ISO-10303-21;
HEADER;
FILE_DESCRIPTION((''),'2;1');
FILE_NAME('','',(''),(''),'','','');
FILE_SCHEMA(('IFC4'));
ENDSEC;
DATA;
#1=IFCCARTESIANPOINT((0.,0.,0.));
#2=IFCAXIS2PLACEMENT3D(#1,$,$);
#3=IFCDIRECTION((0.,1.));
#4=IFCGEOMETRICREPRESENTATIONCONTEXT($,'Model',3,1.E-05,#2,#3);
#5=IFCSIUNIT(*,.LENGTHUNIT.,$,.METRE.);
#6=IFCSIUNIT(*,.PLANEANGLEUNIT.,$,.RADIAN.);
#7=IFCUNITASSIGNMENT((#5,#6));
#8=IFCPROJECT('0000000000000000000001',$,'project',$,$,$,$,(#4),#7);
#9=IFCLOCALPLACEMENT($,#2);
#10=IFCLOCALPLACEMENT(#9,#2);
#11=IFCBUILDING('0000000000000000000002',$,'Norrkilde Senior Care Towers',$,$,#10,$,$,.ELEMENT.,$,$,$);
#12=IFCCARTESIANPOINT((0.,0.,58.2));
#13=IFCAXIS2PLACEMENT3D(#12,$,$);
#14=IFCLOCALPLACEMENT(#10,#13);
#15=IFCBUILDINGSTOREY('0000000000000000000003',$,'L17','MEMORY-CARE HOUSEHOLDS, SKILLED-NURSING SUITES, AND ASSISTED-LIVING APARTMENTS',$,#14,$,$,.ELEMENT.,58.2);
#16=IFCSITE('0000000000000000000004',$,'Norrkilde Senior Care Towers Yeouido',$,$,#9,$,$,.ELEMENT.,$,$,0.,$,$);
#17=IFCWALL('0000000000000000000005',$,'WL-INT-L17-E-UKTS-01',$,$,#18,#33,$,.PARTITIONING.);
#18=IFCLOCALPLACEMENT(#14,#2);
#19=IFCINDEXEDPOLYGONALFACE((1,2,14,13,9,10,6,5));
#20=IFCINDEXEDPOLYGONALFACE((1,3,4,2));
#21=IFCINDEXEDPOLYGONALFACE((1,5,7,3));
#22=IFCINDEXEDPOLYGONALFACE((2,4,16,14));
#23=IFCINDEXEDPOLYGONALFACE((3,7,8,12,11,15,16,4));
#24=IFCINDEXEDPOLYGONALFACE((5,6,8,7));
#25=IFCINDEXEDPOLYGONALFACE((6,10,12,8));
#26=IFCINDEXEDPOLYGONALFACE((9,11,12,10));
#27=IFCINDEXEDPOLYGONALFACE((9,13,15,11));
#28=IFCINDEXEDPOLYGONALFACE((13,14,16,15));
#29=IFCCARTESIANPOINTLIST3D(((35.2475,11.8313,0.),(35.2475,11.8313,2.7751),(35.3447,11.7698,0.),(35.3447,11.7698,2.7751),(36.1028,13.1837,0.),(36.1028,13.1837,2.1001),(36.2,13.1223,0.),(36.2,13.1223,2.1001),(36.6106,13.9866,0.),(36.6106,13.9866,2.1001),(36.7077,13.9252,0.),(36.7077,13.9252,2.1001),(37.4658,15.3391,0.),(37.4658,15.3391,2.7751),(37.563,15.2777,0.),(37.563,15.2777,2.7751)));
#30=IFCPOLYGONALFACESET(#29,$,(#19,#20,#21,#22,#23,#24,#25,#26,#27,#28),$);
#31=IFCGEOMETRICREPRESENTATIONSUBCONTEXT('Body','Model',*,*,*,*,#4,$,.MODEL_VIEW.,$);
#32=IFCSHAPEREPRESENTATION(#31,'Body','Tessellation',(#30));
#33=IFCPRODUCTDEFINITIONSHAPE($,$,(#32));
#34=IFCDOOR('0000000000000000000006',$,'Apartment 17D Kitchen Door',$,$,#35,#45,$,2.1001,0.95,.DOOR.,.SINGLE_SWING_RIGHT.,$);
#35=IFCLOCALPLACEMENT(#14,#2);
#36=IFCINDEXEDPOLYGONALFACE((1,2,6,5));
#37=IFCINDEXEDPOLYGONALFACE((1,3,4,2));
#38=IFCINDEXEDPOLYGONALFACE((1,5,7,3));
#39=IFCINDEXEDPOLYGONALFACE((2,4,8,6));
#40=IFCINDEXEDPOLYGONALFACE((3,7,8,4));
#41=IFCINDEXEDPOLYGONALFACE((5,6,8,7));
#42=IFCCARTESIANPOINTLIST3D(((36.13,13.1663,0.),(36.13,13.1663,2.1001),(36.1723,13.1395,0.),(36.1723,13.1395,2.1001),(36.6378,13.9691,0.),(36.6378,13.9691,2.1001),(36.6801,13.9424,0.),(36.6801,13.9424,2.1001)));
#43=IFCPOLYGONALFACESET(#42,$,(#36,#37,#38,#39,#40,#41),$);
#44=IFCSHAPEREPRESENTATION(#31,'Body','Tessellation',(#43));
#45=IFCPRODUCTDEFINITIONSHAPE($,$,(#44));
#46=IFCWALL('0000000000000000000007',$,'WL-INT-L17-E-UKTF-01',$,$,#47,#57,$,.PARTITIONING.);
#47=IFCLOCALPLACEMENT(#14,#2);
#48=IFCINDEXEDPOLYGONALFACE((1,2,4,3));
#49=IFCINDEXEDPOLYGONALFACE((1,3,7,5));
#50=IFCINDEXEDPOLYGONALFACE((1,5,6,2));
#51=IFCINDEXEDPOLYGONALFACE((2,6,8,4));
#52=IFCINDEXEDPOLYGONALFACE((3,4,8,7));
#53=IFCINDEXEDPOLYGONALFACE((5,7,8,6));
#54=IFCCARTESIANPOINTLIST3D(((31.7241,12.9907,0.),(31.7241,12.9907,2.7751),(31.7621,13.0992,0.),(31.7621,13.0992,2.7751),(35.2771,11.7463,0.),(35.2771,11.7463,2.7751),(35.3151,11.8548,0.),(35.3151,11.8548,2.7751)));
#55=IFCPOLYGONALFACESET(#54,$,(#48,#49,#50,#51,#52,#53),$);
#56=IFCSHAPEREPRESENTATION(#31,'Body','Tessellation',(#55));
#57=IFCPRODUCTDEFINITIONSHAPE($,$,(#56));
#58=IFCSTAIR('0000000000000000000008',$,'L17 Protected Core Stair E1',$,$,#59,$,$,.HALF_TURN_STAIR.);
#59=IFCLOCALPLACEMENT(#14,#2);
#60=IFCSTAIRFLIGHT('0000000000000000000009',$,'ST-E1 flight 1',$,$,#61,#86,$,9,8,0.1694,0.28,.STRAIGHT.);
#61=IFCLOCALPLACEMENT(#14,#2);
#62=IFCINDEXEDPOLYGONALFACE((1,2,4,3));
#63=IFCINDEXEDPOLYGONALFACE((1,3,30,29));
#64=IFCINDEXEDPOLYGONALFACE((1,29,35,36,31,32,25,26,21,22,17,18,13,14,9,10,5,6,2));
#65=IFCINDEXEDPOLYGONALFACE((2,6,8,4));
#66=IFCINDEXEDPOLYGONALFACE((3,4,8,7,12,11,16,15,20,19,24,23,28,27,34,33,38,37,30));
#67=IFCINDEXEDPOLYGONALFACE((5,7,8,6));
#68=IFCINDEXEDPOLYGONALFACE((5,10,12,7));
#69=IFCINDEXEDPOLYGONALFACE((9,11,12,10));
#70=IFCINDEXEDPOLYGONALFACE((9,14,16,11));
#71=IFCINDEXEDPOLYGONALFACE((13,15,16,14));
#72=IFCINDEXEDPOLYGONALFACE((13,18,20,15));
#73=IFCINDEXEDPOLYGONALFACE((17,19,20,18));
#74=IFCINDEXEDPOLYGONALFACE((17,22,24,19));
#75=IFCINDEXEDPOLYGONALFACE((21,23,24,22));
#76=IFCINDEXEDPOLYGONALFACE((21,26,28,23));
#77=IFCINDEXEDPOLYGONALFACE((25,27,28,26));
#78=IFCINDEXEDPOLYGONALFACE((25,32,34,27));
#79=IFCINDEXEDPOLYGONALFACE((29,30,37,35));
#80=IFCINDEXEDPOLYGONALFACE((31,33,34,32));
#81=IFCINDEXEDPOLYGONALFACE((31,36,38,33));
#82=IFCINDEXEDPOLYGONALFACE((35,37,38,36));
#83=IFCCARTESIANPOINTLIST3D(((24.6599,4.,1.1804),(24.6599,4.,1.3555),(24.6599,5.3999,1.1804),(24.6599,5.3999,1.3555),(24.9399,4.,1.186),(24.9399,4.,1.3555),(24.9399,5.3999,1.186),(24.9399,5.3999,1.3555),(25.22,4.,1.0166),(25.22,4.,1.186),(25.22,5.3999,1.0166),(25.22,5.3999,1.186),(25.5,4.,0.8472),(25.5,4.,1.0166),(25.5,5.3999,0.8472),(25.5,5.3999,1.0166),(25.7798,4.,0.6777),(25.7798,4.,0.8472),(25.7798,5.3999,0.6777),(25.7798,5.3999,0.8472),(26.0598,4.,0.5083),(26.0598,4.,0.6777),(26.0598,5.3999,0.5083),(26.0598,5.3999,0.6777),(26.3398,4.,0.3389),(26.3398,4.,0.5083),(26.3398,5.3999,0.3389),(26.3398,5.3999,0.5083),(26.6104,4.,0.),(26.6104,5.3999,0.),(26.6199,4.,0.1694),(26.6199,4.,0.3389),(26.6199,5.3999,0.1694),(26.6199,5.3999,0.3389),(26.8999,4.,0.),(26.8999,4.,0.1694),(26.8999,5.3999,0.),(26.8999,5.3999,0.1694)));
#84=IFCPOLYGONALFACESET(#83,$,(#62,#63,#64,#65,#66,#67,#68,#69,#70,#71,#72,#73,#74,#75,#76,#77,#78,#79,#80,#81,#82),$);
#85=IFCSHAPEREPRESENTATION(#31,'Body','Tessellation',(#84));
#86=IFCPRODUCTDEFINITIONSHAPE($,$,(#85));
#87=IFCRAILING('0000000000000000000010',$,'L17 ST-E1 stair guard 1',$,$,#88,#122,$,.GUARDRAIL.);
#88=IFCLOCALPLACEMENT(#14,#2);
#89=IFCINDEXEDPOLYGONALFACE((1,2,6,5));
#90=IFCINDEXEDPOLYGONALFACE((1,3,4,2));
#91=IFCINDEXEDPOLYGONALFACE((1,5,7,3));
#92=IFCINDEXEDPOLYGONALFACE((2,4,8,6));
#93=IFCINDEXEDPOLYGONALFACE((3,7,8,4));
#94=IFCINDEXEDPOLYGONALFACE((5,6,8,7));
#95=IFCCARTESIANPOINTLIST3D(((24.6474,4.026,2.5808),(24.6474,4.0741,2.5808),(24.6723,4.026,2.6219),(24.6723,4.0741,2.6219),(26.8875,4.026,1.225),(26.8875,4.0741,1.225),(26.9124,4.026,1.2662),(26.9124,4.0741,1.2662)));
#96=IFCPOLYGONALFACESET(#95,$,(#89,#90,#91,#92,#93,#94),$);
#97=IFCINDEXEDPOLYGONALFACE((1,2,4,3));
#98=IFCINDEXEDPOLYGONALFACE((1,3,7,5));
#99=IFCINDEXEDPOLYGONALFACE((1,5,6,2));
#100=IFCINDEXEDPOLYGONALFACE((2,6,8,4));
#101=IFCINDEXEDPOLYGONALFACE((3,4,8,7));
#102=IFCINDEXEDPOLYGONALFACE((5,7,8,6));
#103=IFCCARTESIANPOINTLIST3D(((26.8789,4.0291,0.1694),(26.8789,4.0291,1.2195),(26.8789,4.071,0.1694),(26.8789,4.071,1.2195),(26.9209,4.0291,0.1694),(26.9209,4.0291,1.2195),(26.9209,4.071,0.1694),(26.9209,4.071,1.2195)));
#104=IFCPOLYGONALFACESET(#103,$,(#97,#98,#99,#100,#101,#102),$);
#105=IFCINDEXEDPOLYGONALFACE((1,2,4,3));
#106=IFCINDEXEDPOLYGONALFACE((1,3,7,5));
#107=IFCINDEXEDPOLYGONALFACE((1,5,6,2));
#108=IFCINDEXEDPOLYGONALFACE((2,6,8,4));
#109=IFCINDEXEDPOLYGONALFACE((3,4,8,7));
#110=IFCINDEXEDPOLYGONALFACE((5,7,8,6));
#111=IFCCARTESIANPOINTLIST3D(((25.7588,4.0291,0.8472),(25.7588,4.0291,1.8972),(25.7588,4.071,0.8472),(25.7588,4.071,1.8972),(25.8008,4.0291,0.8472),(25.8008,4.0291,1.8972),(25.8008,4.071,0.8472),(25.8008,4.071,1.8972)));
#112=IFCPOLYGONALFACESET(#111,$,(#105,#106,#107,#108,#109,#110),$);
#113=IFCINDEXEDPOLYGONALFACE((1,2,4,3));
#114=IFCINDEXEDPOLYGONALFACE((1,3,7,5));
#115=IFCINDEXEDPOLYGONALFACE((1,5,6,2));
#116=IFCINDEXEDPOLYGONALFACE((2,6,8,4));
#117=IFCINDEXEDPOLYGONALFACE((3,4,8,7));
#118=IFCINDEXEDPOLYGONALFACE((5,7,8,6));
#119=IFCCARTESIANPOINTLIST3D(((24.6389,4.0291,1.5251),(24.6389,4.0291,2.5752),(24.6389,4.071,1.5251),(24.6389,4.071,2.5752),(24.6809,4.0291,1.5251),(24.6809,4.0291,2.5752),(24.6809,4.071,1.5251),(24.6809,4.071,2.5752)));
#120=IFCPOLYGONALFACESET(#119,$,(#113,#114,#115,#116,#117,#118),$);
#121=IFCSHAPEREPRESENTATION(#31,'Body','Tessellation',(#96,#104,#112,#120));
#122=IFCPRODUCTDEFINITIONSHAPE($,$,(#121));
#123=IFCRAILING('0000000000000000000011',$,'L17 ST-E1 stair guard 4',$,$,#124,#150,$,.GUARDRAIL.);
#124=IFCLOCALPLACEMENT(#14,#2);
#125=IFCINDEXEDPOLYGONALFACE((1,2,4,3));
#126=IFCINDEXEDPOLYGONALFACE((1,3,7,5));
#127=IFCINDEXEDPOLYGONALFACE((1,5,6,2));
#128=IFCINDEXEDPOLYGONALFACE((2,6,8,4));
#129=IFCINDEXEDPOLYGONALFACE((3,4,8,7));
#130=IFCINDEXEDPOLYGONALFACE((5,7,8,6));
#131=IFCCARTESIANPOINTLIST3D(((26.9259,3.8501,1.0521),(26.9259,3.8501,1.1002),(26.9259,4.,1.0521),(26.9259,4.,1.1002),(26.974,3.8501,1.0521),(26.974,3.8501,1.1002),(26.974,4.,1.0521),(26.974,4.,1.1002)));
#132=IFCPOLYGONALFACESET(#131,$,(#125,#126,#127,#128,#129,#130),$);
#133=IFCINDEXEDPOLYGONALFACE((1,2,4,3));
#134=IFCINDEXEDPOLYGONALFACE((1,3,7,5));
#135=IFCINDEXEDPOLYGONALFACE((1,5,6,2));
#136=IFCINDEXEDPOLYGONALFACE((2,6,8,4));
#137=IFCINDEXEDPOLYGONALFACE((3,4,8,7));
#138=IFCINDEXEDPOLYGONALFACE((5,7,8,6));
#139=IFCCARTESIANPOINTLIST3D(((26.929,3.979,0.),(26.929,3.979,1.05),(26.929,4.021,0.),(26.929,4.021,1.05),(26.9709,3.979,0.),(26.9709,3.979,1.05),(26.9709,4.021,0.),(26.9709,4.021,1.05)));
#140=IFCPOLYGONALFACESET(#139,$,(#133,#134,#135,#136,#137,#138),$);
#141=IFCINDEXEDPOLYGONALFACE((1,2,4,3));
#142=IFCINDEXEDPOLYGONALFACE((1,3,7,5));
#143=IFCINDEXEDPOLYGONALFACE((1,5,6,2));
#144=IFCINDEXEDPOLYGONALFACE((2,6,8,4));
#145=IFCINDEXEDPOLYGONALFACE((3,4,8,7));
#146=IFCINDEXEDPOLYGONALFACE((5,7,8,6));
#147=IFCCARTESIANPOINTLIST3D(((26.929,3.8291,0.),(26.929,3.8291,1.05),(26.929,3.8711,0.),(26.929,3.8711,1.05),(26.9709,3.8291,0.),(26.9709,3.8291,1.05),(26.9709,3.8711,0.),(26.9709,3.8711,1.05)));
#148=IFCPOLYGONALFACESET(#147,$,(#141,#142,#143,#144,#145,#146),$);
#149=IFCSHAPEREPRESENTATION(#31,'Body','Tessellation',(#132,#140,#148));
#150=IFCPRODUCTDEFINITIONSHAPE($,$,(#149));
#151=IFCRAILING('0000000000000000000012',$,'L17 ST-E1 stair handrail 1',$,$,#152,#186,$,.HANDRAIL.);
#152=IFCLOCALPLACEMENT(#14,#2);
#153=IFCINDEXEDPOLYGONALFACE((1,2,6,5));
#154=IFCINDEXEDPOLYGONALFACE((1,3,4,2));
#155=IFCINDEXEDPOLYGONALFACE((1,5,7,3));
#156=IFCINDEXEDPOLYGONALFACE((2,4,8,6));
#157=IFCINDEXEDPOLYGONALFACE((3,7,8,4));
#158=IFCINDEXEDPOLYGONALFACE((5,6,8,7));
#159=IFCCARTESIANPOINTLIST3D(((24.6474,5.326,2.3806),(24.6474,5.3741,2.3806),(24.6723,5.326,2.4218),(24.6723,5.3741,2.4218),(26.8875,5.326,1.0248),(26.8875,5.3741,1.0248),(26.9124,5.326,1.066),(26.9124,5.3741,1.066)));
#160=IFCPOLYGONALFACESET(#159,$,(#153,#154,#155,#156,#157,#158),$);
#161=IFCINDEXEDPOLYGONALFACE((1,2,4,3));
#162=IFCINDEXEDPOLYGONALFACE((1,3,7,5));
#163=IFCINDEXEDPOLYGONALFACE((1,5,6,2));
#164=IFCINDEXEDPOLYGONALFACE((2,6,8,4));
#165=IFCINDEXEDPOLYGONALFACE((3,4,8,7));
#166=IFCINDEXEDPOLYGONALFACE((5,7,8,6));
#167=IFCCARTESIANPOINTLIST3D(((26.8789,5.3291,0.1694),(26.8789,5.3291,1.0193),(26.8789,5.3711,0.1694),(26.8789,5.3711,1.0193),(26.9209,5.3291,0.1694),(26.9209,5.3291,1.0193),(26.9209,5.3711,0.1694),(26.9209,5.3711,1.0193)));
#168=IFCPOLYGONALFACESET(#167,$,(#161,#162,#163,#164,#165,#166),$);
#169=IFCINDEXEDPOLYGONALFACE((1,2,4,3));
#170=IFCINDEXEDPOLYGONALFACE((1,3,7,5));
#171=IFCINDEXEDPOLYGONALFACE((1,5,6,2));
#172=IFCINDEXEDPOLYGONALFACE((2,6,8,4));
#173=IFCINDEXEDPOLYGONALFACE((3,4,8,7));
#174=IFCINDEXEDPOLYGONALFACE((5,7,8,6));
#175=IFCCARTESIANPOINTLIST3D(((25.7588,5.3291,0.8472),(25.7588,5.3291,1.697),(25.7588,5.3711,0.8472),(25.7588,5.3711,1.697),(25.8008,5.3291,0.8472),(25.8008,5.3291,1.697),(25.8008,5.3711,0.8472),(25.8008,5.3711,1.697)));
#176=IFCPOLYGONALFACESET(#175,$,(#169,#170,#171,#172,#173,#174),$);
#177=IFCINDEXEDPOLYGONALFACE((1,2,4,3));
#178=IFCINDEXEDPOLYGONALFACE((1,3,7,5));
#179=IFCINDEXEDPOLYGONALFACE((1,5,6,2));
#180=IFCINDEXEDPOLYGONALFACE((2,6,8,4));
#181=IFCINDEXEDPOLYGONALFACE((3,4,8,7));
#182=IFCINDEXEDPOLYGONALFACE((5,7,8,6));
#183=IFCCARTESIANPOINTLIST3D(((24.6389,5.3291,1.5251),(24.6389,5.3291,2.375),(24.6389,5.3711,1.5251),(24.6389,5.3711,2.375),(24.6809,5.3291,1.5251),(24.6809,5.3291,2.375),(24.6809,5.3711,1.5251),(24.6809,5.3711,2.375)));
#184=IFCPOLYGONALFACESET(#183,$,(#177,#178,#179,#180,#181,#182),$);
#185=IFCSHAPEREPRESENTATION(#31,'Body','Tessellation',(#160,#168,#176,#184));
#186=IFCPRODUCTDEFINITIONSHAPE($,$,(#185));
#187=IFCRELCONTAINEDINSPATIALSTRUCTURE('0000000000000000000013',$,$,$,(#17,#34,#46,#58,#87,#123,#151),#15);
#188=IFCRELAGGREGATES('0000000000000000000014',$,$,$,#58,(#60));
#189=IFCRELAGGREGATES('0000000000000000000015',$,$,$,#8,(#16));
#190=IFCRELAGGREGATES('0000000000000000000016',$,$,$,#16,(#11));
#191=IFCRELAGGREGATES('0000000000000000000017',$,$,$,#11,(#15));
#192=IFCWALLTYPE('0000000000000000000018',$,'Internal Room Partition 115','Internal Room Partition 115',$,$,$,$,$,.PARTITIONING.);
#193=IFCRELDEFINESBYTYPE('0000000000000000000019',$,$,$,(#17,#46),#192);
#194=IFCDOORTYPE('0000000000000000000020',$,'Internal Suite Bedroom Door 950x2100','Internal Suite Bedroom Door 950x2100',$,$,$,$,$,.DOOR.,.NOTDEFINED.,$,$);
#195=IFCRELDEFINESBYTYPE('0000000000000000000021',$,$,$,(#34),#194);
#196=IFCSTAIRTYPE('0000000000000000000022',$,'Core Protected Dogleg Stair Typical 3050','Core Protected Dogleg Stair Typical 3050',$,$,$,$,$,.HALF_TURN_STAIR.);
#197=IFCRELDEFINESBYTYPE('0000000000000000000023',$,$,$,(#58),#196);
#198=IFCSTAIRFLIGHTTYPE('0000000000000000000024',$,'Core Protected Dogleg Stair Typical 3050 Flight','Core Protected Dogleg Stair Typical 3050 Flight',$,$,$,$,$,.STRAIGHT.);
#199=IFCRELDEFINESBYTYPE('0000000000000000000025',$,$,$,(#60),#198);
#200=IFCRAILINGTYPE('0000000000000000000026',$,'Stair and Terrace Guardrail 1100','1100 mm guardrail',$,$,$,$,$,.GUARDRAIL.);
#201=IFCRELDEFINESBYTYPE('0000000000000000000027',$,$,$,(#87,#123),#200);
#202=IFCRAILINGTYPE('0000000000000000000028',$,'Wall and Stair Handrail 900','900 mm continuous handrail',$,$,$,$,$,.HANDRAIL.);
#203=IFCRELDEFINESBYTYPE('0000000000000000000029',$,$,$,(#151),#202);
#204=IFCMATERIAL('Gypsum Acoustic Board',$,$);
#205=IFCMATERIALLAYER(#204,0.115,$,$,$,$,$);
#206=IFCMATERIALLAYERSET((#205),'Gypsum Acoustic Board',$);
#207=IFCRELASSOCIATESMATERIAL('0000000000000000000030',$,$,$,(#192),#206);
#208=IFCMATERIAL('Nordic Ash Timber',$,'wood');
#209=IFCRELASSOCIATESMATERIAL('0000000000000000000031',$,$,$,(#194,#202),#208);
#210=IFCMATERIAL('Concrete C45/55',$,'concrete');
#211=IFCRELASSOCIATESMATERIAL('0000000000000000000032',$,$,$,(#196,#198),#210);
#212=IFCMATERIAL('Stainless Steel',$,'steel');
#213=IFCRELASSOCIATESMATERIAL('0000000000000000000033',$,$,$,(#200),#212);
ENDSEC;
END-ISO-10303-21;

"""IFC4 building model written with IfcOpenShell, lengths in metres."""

from ifc_helpers import new_model, si_unit, direction, frame, frame_2d, origin, origin_2d, place, context, subcontext, project, spatial, polyline, rectangle, outline, extrude, source, transform, mapped, material, layer, layer_set, type_object, type_shapes, element, fill, aggregate, save


model = new_model("IFC4")

# Units and contexts
model_context = context("Model", 3, precision=1e-05, world=origin(), true_north=direction((0.0, 1.0)))
body_context = subcontext(model_context, "Body", "Model", "MODEL_VIEW")
ifc_project = project(units=[si_unit("LENGTHUNIT", "METRE"), si_unit("PLANEANGLEUNIT", "RADIAN")], contexts=[model_context])

# Site, building, storey
site_placement = place(None, origin())
site = spatial("IfcSite", under=ifc_project, at=site_placement, Name="Norrkilde Senior Care Towers Yeouido", CompositionType="ELEMENT", RefElevation=0.0)
building_placement = place(site_placement, origin())
building = spatial("IfcBuilding", under=site, at=building_placement, Name="Norrkilde Senior Care Towers", CompositionType="ELEMENT")
storey_placement = place(building_placement, frame((0.0, 0.0, 58.2)))
storey = spatial("IfcBuildingStorey", under=building, at=storey_placement, Name="L17", Description="MEMORY-CARE HOUSEHOLDS, SKILLED-NURSING SUITES, AND ASSISTED-LIVING APARTMENTS", CompositionType="ELEMENT", Elevation=58.2)

# Shared definitions
ifc_material_1 = material(Name="Concrete C45/55", Category="concrete")

# Shared definitions
ifc_material_2 = material(Name="Stainless Steel", Category="steel")

# Shared definitions
ifc_material_3 = material(Name="Gypsum Acoustic Board")
ifc_layer_1 = layer(ifc_material_3, 0.115)
ifc_layer_set_1 = layer_set([ifc_layer_1], Name="Gypsum Acoustic Board")
wall_type_1 = type_object("IfcWallType", Name="Internal Room Partition 115", Description="Internal Room Partition 115", PredefinedType="PARTITIONING", material=ifc_layer_set_1)
ifc_material_4 = material(Name="Nordic Ash Timber", Category="wood")
door_type_1 = type_object("IfcDoorType", Name="Internal Suite Bedroom Door 950x2100", Description="Internal Suite Bedroom Door 950x2100", OperationType="NOTDEFINED", PredefinedType="DOOR", material=ifc_material_4)
shared_shape_1 = source(origin(), body_context, "Body", "SweptSolid", [
    extrude(rectangle(XDim=0.95, YDim=2.1001, at=frame_2d((0.4751, 1.05))), frame((0.0, 0.0249, 0.0), z_axis=(0.0, -1.0, 0.0), x_axis=(1.0, 0.0, 0.0)), (0.0, 0.0, 1.0), 0.05),
])
type_shapes(door_type_1, [shared_shape_1])

# Wall, opening, door
shared_shape_2 = source(origin(), body_context, "Body", "SweptSolid", [
    extrude(rectangle(XDim=4.1504, YDim=0.115, at=frame_2d((2.0752, 0.0))), origin(), (0.0, 0.0, 1.0), 2.7751),
])
wall_1_placement = place(storey_placement, frame((35.2961, 11.8005, 0.0), z_axis=(0.0, 0.0, 1.0), x_axis=(0.534475, 0.845184, 0.0)))
wall_1 = element("IfcWall", 1, at=wall_1_placement, inside=storey, type_object=wall_type_1, Name="WL-INT-L17-E-UKTS-01", PredefinedType="PARTITIONING", context=body_context, shape_type="MappedRepresentation", body=[
    mapped(shared_shape_2, transform((0.0, 0.0, 0.0), x_axis=(1.0, 0.0, 0.0), y_axis=(0.0, 1.0, 0.0), z_axis=(0.0, 0.0, 1.0), scale=1.0)),
])
opening_1_placement = place(wall_1_placement, frame((1.6001, 0.0, 0.0)))
opening_1 = element("IfcOpeningElement", 2, at=opening_1_placement, cuts=wall_1, PredefinedType="OPENING", context=body_context, shape_type="SweptSolid", body=[
    extrude(rectangle(XDim=0.95, YDim=2.1001, at=frame_2d((0.4751, 1.05))), frame((0.0, 0.0674, 0.0), z_axis=(0.0, -1.0, 0.0), x_axis=(1.0, 0.0, 0.0)), (0.0, 0.0, 1.0), 0.135),
])
door_1_placement = place(opening_1_placement, frame((0.95, 0.0, 0.0), z_axis=(0.0, 0.0, 1.0), x_axis=(-1.0, 0.0, 0.0)))
door_1 = element("IfcDoor", 3, at=door_1_placement, inside=storey, type_object=door_type_1, Name="Apartment 17D Kitchen Door", OperationType="SINGLE_SWING_RIGHT", OverallHeight=2.1001, OverallWidth=0.95, PredefinedType="DOOR", context=body_context, shape_type="MappedRepresentation", body=[
    mapped(shared_shape_1, transform((0.0, 0.0, 0.0), x_axis=(1.0, 0.0, 0.0), y_axis=(0.0, 1.0, 0.0), z_axis=(0.0, 0.0, 1.0), scale=1.0)),
])
fill(opening_1, door_1)

# Wall
shared_shape_3 = source(origin(), body_context, "Body", "SweptSolid", [
    extrude(rectangle(XDim=3.7646, YDim=0.115, at=frame_2d((1.8823, 0.0))), origin(), (0.0, 0.0, 1.0), 2.7751),
])
wall_2_placement = place(storey_placement, frame((35.2961, 11.8005, 0.0), z_axis=(0.0, 0.0, 1.0), x_axis=(-0.943789, 0.33055, 0.0)))
element("IfcWall", 4, at=wall_2_placement, inside=storey, type_object=wall_type_1, Name="WL-INT-L17-E-UKTF-01", PredefinedType="PARTITIONING", context=body_context, shape_type="MappedRepresentation", body=[
    mapped(shared_shape_3, transform((0.0, 0.0, 0.0), x_axis=(1.0, 0.0, 0.0), y_axis=(0.0, 1.0, 0.0), z_axis=(0.0, 0.0, 1.0), scale=1.0)),
])

# Stair, stair flight
stair_type = type_object("IfcStairType", Name="Core Protected Dogleg Stair Typical 3050", Description="Core Protected Dogleg Stair Typical 3050", PredefinedType="HALF_TURN_STAIR", material=ifc_material_1)
stair_placement = place(storey_placement, origin())
stair = element("IfcStair", 5, at=stair_placement, inside=storey, type_object=stair_type, Name="L17 Protected Core Stair E1", PredefinedType="HALF_TURN_STAIR")
stair_flight_type = type_object("IfcStairFlightType", Name="Core Protected Dogleg Stair Typical 3050 Flight", Description="Core Protected Dogleg Stair Typical 3050 Flight", PredefinedType="STRAIGHT", material=ifc_material_1)
stair_flight_placement = place(storey_placement, frame((26.8999, 4.7, 0.0), z_axis=(0.0, 0.0, 1.0), x_axis=(-1.0, 0.0, 0.0)))
stair_flight = element("IfcStairFlight", 6, at=stair_flight_placement, type_object=stair_flight_type, Name="ST-E1 flight 1", NumberOfRisers=9, NumberOfTreads=8, PredefinedType="STRAIGHT", RiserHeight=0.1694, TreadLength=0.28, context=body_context, shape_type="SweptSolid", body=[
    extrude(outline(polyline([(0.0, 0.0), (0.0, 0.1694), (0.28, 0.1694), (0.28, 0.3389), (0.5601, 0.3389), (0.5601, 0.5083), (0.8401, 0.5083), (0.8401, 0.6777), (1.1201, 0.6777), (1.1201, 0.8472), (1.3999, 0.8472), (1.3999, 1.0166), (1.6799, 1.0166), (1.6799, 1.186), (1.96, 1.186), (1.96, 1.3555), (2.24, 1.3555), (2.24, 1.5249), (2.24, 1.1804), (0.2896, 0.0), (0.0, 0.0)])), frame((0.0, 0.7, 0.0), z_axis=(0.0, -1.0, 0.0), x_axis=(1.0, 0.0, 0.0)), (0.0, 0.0, 1.0), 1.3999),
])
aggregate(stair, [stair_flight])

# Railings
railing_type_1 = type_object("IfcRailingType", Name="Stair and Terrace Guardrail 1100", Description="1100 mm guardrail", PredefinedType="GUARDRAIL", material=ifc_material_2)
railing_1_placement = place(storey_placement, frame((26.8999, 4.05, 0.1694)))
element("IfcRailing", 7, at=railing_1_placement, inside=storey, type_object=railing_type_1, Name="L17 ST-E1 stair guard 1", PredefinedType="GUARDRAIL", context=body_context, shape_type="SweptSolid", body=[
    extrude(rectangle(XDim=0.0481, YDim=0.0481, at=origin_2d()), frame((0.0, 0.0, 1.0762), z_axis=(-0.855512, 0.0, 0.517783), x_axis=(0.0, -1.0, 0.0)), (0.0, 0.0, 1.0), 2.6184),
    extrude(rectangle(XDim=0.042, YDim=0.042, at=origin_2d()), origin(), (0.0, 0.0, 1.0), 1.05),
    extrude(rectangle(XDim=0.042, YDim=0.042, at=origin_2d()), frame((-1.1201, 0.0, 0.6777)), (0.0, 0.0, 1.0), 1.05),
    extrude(rectangle(XDim=0.042, YDim=0.042, at=origin_2d()), frame((-2.24, 0.0, 1.3557)), (0.0, 0.0, 1.0), 1.05),
])
railing_2_placement = place(storey_placement, frame((26.95, 4.0, 0.0)))
element("IfcRailing", 8, at=railing_2_placement, inside=storey, type_object=railing_type_1, Name="L17 ST-E1 stair guard 4", PredefinedType="GUARDRAIL", context=body_context, shape_type="SweptSolid", body=[
    extrude(rectangle(XDim=0.0481, YDim=0.0481, at=origin_2d()), frame((0.0, 0.0, 1.0762), z_axis=(0.0, -1.0, 0.0), x_axis=(1.0, 0.0, 0.0)), (0.0, 0.0, 1.0), 0.1499),
    extrude(rectangle(XDim=0.042, YDim=0.042, at=origin_2d()), origin(), (0.0, 0.0, 1.0), 1.05),
    extrude(rectangle(XDim=0.042, YDim=0.042, at=origin_2d()), frame((0.0, -0.1499, 0.0)), (0.0, 0.0, 1.0), 1.05),
])
railing_type_2 = type_object("IfcRailingType", Name="Wall and Stair Handrail 900", Description="900 mm continuous handrail", PredefinedType="HANDRAIL", material=ifc_material_4)
railing_3_placement = place(storey_placement, frame((26.8999, 5.3501, 0.1694)))
element("IfcRailing", 9, at=railing_3_placement, inside=storey, type_object=railing_type_2, Name="L17 ST-E1 stair handrail 1", PredefinedType="HANDRAIL", context=body_context, shape_type="SweptSolid", body=[
    extrude(rectangle(XDim=0.0481, YDim=0.0481, at=origin_2d()), frame((0.0, 0.0, 0.876), z_axis=(-0.855512, 0.0, 0.517783), x_axis=(0.0, -1.0, 0.0)), (0.0, 0.0, 1.0), 2.6184),
    extrude(rectangle(XDim=0.042, YDim=0.042, at=origin_2d()), origin(), (0.0, 0.0, 1.0), 0.8499),
    extrude(rectangle(XDim=0.042, YDim=0.042, at=origin_2d()), frame((-1.1201, 0.0, 0.6777)), (0.0, 0.0, 1.0), 0.8499),
    extrude(rectangle(XDim=0.042, YDim=0.042, at=origin_2d()), frame((-2.24, 0.0, 1.3557)), (0.0, 0.0, 1.0), 0.8499),
])

save(model, "model.ifc")
